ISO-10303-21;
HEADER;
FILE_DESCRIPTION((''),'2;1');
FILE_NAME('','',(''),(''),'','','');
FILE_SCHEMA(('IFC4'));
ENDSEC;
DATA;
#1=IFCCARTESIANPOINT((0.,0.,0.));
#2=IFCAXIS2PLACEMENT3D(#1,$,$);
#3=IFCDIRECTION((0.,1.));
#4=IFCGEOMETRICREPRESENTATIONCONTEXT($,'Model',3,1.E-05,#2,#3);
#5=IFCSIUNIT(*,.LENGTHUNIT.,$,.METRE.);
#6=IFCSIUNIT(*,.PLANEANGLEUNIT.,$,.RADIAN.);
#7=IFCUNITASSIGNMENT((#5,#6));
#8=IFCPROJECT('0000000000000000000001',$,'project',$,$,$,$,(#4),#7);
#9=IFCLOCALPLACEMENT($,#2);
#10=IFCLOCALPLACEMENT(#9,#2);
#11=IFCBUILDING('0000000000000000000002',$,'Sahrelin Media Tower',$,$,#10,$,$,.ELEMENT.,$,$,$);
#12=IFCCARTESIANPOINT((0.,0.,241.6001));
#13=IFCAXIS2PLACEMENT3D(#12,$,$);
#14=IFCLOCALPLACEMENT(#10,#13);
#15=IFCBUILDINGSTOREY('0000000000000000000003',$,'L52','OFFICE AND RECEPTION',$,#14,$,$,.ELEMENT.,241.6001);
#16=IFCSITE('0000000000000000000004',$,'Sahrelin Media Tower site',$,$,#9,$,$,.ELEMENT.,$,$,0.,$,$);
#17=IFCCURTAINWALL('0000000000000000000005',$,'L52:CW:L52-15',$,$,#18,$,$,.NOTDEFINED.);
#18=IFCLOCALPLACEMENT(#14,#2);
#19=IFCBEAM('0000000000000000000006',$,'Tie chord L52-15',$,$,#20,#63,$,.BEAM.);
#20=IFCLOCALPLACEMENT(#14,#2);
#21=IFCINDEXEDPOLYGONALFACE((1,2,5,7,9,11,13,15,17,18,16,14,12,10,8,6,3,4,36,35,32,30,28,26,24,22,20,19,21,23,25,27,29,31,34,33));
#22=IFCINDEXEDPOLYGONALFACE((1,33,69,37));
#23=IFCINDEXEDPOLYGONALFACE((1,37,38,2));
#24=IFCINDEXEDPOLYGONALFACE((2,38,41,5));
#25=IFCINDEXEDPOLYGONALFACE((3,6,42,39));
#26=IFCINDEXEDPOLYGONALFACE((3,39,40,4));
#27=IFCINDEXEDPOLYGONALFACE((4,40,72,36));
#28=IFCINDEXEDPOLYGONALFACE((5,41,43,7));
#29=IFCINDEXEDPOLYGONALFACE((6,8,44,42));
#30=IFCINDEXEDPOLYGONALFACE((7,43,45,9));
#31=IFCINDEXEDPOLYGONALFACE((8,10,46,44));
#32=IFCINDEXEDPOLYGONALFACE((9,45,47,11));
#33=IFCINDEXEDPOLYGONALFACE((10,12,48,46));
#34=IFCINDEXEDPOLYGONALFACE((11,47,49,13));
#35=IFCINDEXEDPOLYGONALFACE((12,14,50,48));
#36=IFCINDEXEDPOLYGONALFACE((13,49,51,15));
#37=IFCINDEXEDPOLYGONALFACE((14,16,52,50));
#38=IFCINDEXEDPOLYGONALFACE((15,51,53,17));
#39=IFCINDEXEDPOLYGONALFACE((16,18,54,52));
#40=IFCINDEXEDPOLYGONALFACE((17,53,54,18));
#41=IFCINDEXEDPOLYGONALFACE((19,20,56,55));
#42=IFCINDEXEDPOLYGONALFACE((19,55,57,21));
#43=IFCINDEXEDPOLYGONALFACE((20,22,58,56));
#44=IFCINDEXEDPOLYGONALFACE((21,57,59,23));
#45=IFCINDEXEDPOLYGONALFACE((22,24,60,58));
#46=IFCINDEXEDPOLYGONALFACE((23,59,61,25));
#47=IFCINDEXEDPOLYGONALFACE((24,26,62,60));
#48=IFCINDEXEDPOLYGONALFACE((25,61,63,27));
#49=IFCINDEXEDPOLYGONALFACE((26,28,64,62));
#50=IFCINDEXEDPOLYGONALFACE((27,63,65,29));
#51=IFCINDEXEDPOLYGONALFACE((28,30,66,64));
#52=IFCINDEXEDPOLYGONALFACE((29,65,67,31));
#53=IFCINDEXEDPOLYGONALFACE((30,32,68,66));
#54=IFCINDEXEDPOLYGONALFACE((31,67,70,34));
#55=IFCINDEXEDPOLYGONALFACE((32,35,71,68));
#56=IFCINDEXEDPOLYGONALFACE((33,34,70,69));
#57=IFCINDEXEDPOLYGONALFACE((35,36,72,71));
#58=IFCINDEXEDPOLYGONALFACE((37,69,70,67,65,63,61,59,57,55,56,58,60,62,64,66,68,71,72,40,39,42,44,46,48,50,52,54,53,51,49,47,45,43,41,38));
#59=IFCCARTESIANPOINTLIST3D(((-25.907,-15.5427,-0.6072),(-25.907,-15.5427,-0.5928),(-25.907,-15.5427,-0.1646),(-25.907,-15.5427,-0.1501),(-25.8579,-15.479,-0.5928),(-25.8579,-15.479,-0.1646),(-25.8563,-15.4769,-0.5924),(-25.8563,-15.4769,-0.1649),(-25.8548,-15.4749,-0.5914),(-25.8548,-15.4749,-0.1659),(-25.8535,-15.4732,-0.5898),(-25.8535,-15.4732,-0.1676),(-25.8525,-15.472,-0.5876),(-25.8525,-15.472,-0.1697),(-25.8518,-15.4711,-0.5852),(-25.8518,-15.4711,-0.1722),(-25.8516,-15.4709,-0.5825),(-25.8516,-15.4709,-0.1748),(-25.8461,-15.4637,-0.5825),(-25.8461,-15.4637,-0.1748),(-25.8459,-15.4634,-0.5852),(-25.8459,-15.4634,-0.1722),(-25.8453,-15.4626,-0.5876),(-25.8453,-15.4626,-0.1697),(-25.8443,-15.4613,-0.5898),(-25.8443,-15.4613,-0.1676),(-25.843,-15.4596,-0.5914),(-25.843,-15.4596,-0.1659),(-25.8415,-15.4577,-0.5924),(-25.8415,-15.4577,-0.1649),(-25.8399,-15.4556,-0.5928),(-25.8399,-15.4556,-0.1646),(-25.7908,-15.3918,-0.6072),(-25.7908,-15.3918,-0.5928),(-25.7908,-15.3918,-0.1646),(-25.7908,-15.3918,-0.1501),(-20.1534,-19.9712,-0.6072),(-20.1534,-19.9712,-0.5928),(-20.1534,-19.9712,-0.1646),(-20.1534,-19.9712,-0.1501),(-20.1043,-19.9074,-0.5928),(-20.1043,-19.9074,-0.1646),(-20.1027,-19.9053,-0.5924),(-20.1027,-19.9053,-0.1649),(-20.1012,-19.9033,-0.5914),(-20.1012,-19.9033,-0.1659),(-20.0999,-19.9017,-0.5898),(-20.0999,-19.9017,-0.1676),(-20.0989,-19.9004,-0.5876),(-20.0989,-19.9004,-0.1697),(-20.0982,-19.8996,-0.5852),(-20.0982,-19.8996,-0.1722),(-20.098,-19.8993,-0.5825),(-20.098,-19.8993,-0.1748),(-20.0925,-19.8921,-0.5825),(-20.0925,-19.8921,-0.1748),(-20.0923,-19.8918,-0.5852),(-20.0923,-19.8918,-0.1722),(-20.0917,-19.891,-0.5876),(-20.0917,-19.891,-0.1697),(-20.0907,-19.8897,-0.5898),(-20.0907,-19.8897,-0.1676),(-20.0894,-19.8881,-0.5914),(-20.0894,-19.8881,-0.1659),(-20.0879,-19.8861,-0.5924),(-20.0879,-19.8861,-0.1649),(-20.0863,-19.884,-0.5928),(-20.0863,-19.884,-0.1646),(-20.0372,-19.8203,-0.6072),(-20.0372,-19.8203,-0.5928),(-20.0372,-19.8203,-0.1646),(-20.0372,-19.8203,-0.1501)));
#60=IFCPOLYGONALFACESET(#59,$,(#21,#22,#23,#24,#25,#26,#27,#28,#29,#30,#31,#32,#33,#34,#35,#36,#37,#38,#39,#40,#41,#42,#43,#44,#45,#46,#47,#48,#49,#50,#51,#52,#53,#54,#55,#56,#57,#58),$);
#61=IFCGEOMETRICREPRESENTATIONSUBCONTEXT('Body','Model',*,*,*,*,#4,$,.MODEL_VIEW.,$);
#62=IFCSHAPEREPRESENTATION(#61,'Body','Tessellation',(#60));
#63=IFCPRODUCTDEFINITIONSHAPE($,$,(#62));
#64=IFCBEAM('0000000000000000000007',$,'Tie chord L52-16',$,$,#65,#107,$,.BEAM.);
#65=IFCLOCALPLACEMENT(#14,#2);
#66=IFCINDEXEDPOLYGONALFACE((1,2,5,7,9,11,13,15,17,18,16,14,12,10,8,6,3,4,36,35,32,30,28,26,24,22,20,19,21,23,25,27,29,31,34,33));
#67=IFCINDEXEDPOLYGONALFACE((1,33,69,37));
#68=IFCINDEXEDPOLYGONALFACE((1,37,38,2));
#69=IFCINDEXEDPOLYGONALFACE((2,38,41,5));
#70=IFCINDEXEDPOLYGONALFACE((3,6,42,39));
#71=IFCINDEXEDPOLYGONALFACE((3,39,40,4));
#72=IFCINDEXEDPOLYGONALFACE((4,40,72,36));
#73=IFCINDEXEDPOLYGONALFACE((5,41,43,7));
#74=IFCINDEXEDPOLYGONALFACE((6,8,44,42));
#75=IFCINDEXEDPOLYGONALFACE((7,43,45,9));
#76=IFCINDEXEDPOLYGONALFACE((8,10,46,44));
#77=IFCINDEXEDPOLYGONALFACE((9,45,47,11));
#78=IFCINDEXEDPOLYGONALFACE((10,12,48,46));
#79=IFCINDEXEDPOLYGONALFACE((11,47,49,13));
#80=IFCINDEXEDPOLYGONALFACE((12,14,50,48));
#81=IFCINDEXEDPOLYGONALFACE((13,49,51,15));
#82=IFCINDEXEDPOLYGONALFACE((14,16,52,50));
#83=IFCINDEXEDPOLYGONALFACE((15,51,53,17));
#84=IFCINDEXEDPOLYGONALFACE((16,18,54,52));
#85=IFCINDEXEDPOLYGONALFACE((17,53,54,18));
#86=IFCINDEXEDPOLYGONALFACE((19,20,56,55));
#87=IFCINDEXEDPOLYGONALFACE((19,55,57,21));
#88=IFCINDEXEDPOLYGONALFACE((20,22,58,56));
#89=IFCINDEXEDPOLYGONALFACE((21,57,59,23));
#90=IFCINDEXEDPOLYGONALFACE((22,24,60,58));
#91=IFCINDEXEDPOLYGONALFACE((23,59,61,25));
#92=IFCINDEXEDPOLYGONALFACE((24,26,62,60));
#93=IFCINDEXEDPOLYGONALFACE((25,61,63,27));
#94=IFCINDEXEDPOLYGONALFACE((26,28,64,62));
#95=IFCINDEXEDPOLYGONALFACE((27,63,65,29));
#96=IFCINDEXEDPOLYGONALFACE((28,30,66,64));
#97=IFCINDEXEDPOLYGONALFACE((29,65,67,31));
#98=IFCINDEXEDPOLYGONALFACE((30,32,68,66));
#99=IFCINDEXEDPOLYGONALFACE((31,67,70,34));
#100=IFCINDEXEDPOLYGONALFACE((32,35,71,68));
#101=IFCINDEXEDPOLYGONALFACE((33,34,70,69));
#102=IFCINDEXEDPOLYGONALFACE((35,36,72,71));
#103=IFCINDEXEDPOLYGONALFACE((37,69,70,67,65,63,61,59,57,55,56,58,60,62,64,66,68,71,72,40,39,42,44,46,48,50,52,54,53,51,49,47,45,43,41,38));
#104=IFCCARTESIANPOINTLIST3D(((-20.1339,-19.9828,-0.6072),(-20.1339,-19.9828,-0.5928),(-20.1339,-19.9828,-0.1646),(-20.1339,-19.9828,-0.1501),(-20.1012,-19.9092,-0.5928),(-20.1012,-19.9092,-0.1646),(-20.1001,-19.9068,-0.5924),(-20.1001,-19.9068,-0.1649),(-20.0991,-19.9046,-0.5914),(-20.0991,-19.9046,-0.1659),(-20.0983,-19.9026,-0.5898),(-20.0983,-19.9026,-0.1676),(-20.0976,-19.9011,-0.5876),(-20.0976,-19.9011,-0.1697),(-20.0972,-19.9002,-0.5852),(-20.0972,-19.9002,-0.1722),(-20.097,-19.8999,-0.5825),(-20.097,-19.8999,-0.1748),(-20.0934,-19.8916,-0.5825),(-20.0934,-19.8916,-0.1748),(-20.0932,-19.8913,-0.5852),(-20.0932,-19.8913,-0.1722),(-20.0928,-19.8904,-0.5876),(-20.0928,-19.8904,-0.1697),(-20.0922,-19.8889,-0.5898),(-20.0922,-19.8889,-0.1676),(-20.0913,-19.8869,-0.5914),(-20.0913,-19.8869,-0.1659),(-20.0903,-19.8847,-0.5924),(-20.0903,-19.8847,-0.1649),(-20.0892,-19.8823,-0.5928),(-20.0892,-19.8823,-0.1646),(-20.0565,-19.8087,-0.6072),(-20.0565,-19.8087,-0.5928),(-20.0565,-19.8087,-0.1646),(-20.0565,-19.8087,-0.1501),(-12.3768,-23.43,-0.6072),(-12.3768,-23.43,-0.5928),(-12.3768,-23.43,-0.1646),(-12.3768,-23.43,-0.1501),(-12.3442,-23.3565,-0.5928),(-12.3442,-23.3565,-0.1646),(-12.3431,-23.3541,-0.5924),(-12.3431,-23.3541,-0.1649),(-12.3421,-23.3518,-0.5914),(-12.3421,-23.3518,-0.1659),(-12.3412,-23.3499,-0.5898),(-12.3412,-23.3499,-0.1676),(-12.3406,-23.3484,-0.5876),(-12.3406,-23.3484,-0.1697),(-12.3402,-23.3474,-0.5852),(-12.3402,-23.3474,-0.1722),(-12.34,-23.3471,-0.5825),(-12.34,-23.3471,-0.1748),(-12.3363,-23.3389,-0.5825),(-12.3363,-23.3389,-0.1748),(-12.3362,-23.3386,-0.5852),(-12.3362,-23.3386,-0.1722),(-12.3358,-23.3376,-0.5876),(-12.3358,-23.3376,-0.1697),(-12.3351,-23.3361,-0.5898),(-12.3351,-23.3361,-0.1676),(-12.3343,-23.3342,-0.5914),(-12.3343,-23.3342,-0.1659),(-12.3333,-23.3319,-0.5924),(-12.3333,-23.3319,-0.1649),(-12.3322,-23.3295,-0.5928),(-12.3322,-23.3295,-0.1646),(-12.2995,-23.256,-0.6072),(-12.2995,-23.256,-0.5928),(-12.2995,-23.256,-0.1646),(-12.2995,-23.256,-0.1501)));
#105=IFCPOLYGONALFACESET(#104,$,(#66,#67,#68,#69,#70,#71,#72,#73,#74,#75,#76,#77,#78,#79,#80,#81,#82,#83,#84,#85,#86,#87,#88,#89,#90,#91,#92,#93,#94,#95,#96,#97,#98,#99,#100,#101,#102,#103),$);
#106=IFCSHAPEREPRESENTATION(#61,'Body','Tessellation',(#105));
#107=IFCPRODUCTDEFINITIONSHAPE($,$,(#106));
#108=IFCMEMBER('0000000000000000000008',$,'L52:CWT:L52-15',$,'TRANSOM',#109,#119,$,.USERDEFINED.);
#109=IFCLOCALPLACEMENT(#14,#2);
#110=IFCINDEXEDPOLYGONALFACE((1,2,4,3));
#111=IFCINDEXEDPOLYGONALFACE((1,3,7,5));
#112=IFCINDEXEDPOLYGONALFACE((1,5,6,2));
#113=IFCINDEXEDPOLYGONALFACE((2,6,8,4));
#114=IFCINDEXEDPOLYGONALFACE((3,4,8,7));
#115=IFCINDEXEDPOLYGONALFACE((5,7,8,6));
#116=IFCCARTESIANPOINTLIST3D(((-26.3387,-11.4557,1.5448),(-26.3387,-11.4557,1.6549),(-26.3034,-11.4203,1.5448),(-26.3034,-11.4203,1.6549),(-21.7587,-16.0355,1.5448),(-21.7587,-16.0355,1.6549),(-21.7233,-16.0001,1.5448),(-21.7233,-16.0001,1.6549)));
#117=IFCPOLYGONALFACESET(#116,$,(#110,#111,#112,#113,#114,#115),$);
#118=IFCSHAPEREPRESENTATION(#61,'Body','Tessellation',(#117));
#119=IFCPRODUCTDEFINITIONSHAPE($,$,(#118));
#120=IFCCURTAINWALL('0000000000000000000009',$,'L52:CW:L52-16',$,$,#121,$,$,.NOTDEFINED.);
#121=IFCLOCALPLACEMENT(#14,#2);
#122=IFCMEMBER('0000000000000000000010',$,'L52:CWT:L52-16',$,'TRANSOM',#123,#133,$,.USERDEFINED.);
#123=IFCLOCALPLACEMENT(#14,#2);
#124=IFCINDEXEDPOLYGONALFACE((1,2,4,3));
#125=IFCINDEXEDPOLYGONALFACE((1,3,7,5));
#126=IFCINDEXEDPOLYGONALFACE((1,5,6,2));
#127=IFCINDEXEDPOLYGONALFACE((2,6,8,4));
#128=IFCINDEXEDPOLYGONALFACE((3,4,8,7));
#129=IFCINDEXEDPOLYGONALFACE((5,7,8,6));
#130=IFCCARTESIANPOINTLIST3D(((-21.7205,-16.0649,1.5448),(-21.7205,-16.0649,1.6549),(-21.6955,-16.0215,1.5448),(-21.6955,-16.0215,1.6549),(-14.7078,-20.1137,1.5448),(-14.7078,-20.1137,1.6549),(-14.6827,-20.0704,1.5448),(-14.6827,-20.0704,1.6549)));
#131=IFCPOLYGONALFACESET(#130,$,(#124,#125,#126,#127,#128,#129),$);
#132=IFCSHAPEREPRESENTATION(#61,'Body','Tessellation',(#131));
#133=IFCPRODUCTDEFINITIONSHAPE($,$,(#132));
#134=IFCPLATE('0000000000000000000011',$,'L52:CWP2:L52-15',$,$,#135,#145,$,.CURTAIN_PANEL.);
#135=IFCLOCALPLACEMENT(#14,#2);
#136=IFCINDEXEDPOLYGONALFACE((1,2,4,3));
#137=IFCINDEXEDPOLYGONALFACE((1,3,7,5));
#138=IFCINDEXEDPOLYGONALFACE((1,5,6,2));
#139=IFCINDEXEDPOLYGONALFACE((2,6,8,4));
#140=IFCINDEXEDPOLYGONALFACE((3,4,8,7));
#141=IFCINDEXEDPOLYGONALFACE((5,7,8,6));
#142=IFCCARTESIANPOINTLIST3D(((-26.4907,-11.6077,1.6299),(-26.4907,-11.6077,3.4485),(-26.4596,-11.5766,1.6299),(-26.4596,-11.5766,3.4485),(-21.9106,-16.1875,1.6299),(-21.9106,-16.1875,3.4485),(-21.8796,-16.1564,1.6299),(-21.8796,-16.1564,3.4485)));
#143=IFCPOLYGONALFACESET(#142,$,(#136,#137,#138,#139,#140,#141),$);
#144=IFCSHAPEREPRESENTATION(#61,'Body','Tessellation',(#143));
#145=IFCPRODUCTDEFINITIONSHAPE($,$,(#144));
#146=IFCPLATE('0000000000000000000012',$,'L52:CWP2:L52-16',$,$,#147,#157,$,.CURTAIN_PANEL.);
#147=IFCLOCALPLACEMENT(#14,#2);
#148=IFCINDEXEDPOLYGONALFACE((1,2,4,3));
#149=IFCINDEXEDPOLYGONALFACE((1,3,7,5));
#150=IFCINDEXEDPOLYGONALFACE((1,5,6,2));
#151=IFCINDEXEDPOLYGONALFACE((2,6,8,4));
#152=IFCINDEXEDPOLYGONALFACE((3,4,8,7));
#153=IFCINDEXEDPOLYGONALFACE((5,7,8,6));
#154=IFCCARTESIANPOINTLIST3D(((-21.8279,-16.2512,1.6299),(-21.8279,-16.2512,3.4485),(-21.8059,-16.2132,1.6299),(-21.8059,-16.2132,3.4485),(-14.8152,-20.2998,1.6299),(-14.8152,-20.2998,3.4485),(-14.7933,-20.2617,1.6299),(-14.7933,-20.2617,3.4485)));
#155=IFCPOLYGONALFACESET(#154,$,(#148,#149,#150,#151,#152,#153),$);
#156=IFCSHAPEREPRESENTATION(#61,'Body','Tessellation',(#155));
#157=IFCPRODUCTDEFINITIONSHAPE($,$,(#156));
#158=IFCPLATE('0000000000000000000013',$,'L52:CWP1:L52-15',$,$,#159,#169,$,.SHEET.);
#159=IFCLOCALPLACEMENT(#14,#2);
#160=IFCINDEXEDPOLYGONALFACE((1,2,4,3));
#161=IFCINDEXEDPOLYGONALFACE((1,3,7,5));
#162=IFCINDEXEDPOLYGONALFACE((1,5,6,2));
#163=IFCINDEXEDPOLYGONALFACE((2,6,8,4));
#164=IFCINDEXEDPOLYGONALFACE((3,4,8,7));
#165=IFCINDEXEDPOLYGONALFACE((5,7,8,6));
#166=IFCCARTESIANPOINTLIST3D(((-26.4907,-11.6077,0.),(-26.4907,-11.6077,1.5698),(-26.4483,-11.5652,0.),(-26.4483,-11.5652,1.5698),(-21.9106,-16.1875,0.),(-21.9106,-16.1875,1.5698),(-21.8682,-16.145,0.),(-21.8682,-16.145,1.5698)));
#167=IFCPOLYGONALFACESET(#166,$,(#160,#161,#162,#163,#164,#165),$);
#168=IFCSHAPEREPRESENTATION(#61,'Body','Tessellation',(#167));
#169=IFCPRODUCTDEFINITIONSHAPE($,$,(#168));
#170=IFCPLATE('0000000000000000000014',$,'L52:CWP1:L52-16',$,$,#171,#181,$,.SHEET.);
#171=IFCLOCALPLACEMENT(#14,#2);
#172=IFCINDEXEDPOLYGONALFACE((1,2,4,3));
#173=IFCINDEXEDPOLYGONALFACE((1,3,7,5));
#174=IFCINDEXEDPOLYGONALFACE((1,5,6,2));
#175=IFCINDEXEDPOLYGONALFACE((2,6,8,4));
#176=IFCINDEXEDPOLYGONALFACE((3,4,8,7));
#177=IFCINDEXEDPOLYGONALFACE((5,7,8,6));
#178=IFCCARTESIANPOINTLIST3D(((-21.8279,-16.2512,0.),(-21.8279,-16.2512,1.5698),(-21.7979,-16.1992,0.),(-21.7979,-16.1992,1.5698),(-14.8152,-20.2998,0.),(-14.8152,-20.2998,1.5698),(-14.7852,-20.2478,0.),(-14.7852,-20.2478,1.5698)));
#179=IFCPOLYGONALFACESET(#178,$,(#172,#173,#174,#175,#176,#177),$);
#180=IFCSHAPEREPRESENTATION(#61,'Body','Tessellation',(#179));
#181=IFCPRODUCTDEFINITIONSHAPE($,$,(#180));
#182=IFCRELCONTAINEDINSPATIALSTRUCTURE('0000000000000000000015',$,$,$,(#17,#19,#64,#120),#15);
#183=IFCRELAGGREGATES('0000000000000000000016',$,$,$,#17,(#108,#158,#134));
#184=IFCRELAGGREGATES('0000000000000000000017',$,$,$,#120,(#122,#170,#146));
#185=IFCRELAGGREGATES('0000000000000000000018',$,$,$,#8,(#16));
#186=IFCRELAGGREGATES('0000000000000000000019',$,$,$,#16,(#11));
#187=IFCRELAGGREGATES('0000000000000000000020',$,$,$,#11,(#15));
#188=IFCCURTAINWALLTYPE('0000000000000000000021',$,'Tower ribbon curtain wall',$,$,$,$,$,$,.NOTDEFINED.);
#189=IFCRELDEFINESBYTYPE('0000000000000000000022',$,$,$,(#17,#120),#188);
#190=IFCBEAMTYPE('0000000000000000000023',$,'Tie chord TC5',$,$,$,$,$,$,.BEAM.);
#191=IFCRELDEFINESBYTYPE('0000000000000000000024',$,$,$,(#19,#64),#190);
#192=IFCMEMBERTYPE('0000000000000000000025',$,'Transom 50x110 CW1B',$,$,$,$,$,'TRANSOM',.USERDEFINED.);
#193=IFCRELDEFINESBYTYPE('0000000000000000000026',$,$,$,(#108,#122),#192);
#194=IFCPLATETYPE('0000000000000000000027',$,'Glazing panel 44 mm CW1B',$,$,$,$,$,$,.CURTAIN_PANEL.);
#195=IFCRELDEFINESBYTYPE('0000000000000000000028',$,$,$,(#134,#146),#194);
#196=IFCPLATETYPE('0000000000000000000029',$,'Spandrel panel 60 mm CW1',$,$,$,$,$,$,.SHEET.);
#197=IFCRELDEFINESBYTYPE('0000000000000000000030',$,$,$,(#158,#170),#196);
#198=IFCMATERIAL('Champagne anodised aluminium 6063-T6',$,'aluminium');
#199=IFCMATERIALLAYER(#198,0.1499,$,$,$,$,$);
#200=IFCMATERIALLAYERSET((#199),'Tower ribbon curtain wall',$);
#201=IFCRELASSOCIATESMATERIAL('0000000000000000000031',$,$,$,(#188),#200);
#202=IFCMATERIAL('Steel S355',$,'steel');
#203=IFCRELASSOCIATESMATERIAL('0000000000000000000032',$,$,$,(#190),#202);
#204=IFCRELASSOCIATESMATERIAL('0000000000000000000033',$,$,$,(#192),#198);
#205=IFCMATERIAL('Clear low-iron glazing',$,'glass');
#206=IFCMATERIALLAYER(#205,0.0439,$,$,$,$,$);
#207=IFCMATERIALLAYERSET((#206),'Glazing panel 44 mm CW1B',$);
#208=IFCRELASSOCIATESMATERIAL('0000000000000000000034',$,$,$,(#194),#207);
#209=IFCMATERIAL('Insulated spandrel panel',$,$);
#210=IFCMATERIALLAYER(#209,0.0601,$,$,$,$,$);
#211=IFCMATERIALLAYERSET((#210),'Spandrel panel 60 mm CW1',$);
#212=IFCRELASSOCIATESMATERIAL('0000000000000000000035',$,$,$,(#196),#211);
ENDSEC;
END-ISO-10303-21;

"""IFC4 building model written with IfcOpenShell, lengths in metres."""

from ifc_helpers import new_model, si_unit, direction, frame, origin, origin_2d, place, context, subcontext, project, spatial, polyline, rectangle, i_section, outline, extrude, material, layer, layer_set, material_profile, profile_set, type_object, element, aggregate, save


model = new_model("IFC4")

# Units and contexts
model_context = context("Model", 3, precision=1e-05, world=origin(), true_north=direction((0.0, 1.0)))
body_context = subcontext(model_context, "Body", "Model", "MODEL_VIEW")
ifc_project = project(units=[si_unit("LENGTHUNIT", "METRE"), si_unit("PLANEANGLEUNIT", "RADIAN")], contexts=[model_context])

# Site, building, storey
site_placement = place(None, origin())
site = spatial("IfcSite", under=ifc_project, at=site_placement, Name="Sahrelin Media Tower site", CompositionType="ELEMENT", RefElevation=0.0)
building_placement = place(site_placement, origin())
building = spatial("IfcBuilding", under=site, at=building_placement, Name="Sahrelin Media Tower", CompositionType="ELEMENT")
storey_placement = place(building_placement, frame((0.0, 0.0, 241.6001)))
storey = spatial("IfcBuildingStorey", under=building, at=storey_placement, Name="L52", Description="OFFICE AND RECEPTION", CompositionType="ELEMENT", Elevation=241.6001)

# Shared definitions
ifc_material_1 = material(Name="Steel S355", Category="steel")

# Curtain wall
ifc_material_2 = material(Name="Champagne anodised aluminium 6063-T6", Category="aluminium")
ifc_layer_1 = layer(ifc_material_2, 0.1499)
ifc_layer_set_1 = layer_set([ifc_layer_1], Name="Tower ribbon curtain wall")
curtain_wall_type = type_object("IfcCurtainWallType", Name="Tower ribbon curtain wall", PredefinedType="NOTDEFINED", material=ifc_layer_set_1)
curtain_wall_1_placement = place(storey_placement, frame((-24.1865, -13.8835, 0.0), z_axis=(0.0, 0.0, 1.0), x_axis=(1.0, 0.0, 0.0)))
curtain_wall_1 = element("IfcCurtainWall", 1, at=curtain_wall_1_placement, inside=storey, type_object=curtain_wall_type, Name="L52:CW:L52-15", PredefinedType="NOTDEFINED")

# Beams
ifc_material_profile_1 = material_profile(ifc_material_1, i_section(OverallWidth=0.1904, OverallDepth=0.457, WebThickness=0.009, FlangeThickness=0.0144, FilletRadius=0.0103, at=origin_2d()), Name="UB 457x191x74")
ifc_profile_set_1 = profile_set([ifc_material_profile_1], Name="Steel S355")
beam_type_1 = type_object("IfcBeamType", Name="Tie chord TC5", PredefinedType="BEAM", material=ifc_profile_set_1)
beam_1_placement = place(storey_placement, frame((-25.8489, -15.4673, -0.3787), z_axis=(0.792453, -0.609933, 0.0), x_axis=(0.609933, 0.792453, 0.0)))
element("IfcBeam", 2, at=beam_1_placement, inside=storey, type_object=beam_type_1, Name="Tie chord L52-15", PredefinedType="BEAM", context=body_context, shape_type="SweptSolid", body=[
    extrude(i_section(OverallWidth=0.1904, OverallDepth=0.457, WebThickness=0.009, FlangeThickness=0.0144, FilletRadius=0.0103, at=origin_2d()), origin(), (0.0, 0.0, 1.0), 7.2605),
])
beam_2_placement = place(storey_placement, frame((-20.0952, -19.8958, -0.3787), z_axis=(0.913826, -0.406106, 0.0), x_axis=(0.406106, 0.913826, 0.0)))
element("IfcBeam", 3, at=beam_2_placement, inside=storey, type_object=beam_type_1, Name="Tie chord L52-16", PredefinedType="BEAM", context=body_context, shape_type="SweptSolid", body=[
    extrude(i_section(OverallWidth=0.1904, OverallDepth=0.457, WebThickness=0.009, FlangeThickness=0.0144, FilletRadius=0.0103, at=origin_2d()), origin(), (0.0, 0.0, 1.0), 8.4885),
])

# Member
ifc_material_profile_2 = material_profile(ifc_material_2, rectangle(XDim=0.05, YDim=0.1101, at=origin_2d()), Name="Transom 50x110")
ifc_profile_set_2 = profile_set([ifc_material_profile_2], Name="Champagne anodised aluminium 6063-T6")
member_type_1 = type_object("IfcMemberType", Name="Transom 50x110 CW1B", ElementType="TRANSOM", PredefinedType="USERDEFINED", material=ifc_profile_set_2)
member_1_placement = place(storey_placement, frame((-26.321, -11.438, 1.5999), z_axis=(0.707126, -0.707088, 0.0), x_axis=(0.707088, 0.707126, 0.0)))
member_1 = element("IfcMember", 4, at=member_1_placement, type_object=member_type_1, Name="L52:CWT:L52-15", ObjectType="TRANSOM", PredefinedType="USERDEFINED", context=body_context, shape_type="SweptSolid", body=[
    extrude(rectangle(XDim=0.05, YDim=0.1101, at=origin_2d()), origin(), (0.0, 0.0, 1.0), 6.4771),
])

# Curtain wall, member
curtain_wall_2_placement = place(storey_placement, frame((-18.3115, -18.2583, 0.0), z_axis=(0.0, 0.0, 1.0), x_axis=(1.0, 0.0, 0.0)))
curtain_wall_2 = element("IfcCurtainWall", 5, at=curtain_wall_2_placement, inside=storey, type_object=curtain_wall_type, Name="L52:CW:L52-16", PredefinedType="NOTDEFINED")
member_2_placement = place(storey_placement, frame((-21.708, -16.0432, 1.5999), z_axis=(0.866023, -0.500004, 0.0), x_axis=(0.500004, 0.866023, 0.0)))
member_2 = element("IfcMember", 6, at=member_2_placement, type_object=member_type_1, Name="L52:CWT:L52-16", ObjectType="TRANSOM", PredefinedType="USERDEFINED", context=body_context, shape_type="SweptSolid", body=[
    extrude(rectangle(XDim=0.05, YDim=0.1101, at=origin_2d()), origin(), (0.0, 0.0, 1.0), 8.0977),
])

# Plates
ifc_material_3 = material(Name="Clear low-iron glazing", Category="glass")
ifc_layer_2 = layer(ifc_material_3, 0.0439)
ifc_layer_set_2 = layer_set([ifc_layer_2], Name="Glazing panel 44 mm CW1B")
plate_type_1 = type_object("IfcPlateType", Name="Glazing panel 44 mm CW1B", PredefinedType="CURTAIN_PANEL", material=ifc_layer_set_2)
plate_1_placement = place(storey_placement, frame((-26.4907, -11.6077, 1.6299), z_axis=(-0.707088, -0.707126, 0.0), x_axis=(0.707126, -0.707088, 0.0)))
plate_1 = element("IfcPlate", 7, at=plate_1_placement, type_object=plate_type_1, Name="L52:CWP2:L52-15", PredefinedType="CURTAIN_PANEL", context=body_context, shape_type="SweptSolid", body=[
    extrude(outline(polyline([(0.0, 0.0), (6.4771, 0.0), (6.4771, 1.8186), (0.0, 1.8186), (0.0, 0.0)])), origin(), (0.0, 0.0, -1.0), 0.0439),
])
plate_2_placement = place(storey_placement, frame((-21.8279, -16.2512, 1.6299), z_axis=(-0.499982, -0.866036, 0.0), x_axis=(0.866036, -0.499982, 0.0)))
plate_2 = element("IfcPlate", 8, at=plate_2_placement, type_object=plate_type_1, Name="L52:CWP2:L52-16", PredefinedType="CURTAIN_PANEL", context=body_context, shape_type="SweptSolid", body=[
    extrude(outline(polyline([(0.0, 0.0), (8.0974, 0.0), (8.0974, 1.8186), (0.0, 1.8186), (0.0, 0.0)])), origin(), (0.0, 0.0, -1.0), 0.0439),
])
ifc_material_4 = material(Name="Insulated spandrel panel")
ifc_layer_3 = layer(ifc_material_4, 0.0601)
ifc_layer_set_3 = layer_set([ifc_layer_3], Name="Spandrel panel 60 mm CW1")
plate_type_2 = type_object("IfcPlateType", Name="Spandrel panel 60 mm CW1", PredefinedType="SHEET", material=ifc_layer_set_3)
plate_3_placement = place(storey_placement, frame((-26.4907, -11.6077, 0.0), z_axis=(-0.707088, -0.707126, 0.0), x_axis=(0.707126, -0.707088, 0.0)))
plate_3 = element("IfcPlate", 9, at=plate_3_placement, type_object=plate_type_2, Name="L52:CWP1:L52-15", PredefinedType="SHEET", context=body_context, shape_type="SweptSolid", body=[
    extrude(outline(polyline([(0.0, 0.0), (6.4771, 0.0), (6.4771, 1.5698), (0.0, 1.5698), (0.0, 0.0)])), origin(), (0.0, 0.0, -1.0), 0.0601),
])
aggregate(curtain_wall_1, [member_1, plate_3, plate_1])
plate_4_placement = place(storey_placement, frame((-21.8279, -16.2512, 0.0), z_axis=(-0.499982, -0.866036, 0.0), x_axis=(0.866036, -0.499982, 0.0)))
plate_4 = element("IfcPlate", 10, at=plate_4_placement, type_object=plate_type_2, Name="L52:CWP1:L52-16", PredefinedType="SHEET", context=body_context, shape_type="SweptSolid", body=[
    extrude(outline(polyline([(0.0, 0.0), (8.0974, 0.0), (8.0974, 1.5698), (0.0, 1.5698), (0.0, 0.0)])), origin(), (0.0, 0.0, -1.0), 0.0601),
])
aggregate(curtain_wall_2, [member_2, plate_4, plate_2])

save(model, "model.ifc")
